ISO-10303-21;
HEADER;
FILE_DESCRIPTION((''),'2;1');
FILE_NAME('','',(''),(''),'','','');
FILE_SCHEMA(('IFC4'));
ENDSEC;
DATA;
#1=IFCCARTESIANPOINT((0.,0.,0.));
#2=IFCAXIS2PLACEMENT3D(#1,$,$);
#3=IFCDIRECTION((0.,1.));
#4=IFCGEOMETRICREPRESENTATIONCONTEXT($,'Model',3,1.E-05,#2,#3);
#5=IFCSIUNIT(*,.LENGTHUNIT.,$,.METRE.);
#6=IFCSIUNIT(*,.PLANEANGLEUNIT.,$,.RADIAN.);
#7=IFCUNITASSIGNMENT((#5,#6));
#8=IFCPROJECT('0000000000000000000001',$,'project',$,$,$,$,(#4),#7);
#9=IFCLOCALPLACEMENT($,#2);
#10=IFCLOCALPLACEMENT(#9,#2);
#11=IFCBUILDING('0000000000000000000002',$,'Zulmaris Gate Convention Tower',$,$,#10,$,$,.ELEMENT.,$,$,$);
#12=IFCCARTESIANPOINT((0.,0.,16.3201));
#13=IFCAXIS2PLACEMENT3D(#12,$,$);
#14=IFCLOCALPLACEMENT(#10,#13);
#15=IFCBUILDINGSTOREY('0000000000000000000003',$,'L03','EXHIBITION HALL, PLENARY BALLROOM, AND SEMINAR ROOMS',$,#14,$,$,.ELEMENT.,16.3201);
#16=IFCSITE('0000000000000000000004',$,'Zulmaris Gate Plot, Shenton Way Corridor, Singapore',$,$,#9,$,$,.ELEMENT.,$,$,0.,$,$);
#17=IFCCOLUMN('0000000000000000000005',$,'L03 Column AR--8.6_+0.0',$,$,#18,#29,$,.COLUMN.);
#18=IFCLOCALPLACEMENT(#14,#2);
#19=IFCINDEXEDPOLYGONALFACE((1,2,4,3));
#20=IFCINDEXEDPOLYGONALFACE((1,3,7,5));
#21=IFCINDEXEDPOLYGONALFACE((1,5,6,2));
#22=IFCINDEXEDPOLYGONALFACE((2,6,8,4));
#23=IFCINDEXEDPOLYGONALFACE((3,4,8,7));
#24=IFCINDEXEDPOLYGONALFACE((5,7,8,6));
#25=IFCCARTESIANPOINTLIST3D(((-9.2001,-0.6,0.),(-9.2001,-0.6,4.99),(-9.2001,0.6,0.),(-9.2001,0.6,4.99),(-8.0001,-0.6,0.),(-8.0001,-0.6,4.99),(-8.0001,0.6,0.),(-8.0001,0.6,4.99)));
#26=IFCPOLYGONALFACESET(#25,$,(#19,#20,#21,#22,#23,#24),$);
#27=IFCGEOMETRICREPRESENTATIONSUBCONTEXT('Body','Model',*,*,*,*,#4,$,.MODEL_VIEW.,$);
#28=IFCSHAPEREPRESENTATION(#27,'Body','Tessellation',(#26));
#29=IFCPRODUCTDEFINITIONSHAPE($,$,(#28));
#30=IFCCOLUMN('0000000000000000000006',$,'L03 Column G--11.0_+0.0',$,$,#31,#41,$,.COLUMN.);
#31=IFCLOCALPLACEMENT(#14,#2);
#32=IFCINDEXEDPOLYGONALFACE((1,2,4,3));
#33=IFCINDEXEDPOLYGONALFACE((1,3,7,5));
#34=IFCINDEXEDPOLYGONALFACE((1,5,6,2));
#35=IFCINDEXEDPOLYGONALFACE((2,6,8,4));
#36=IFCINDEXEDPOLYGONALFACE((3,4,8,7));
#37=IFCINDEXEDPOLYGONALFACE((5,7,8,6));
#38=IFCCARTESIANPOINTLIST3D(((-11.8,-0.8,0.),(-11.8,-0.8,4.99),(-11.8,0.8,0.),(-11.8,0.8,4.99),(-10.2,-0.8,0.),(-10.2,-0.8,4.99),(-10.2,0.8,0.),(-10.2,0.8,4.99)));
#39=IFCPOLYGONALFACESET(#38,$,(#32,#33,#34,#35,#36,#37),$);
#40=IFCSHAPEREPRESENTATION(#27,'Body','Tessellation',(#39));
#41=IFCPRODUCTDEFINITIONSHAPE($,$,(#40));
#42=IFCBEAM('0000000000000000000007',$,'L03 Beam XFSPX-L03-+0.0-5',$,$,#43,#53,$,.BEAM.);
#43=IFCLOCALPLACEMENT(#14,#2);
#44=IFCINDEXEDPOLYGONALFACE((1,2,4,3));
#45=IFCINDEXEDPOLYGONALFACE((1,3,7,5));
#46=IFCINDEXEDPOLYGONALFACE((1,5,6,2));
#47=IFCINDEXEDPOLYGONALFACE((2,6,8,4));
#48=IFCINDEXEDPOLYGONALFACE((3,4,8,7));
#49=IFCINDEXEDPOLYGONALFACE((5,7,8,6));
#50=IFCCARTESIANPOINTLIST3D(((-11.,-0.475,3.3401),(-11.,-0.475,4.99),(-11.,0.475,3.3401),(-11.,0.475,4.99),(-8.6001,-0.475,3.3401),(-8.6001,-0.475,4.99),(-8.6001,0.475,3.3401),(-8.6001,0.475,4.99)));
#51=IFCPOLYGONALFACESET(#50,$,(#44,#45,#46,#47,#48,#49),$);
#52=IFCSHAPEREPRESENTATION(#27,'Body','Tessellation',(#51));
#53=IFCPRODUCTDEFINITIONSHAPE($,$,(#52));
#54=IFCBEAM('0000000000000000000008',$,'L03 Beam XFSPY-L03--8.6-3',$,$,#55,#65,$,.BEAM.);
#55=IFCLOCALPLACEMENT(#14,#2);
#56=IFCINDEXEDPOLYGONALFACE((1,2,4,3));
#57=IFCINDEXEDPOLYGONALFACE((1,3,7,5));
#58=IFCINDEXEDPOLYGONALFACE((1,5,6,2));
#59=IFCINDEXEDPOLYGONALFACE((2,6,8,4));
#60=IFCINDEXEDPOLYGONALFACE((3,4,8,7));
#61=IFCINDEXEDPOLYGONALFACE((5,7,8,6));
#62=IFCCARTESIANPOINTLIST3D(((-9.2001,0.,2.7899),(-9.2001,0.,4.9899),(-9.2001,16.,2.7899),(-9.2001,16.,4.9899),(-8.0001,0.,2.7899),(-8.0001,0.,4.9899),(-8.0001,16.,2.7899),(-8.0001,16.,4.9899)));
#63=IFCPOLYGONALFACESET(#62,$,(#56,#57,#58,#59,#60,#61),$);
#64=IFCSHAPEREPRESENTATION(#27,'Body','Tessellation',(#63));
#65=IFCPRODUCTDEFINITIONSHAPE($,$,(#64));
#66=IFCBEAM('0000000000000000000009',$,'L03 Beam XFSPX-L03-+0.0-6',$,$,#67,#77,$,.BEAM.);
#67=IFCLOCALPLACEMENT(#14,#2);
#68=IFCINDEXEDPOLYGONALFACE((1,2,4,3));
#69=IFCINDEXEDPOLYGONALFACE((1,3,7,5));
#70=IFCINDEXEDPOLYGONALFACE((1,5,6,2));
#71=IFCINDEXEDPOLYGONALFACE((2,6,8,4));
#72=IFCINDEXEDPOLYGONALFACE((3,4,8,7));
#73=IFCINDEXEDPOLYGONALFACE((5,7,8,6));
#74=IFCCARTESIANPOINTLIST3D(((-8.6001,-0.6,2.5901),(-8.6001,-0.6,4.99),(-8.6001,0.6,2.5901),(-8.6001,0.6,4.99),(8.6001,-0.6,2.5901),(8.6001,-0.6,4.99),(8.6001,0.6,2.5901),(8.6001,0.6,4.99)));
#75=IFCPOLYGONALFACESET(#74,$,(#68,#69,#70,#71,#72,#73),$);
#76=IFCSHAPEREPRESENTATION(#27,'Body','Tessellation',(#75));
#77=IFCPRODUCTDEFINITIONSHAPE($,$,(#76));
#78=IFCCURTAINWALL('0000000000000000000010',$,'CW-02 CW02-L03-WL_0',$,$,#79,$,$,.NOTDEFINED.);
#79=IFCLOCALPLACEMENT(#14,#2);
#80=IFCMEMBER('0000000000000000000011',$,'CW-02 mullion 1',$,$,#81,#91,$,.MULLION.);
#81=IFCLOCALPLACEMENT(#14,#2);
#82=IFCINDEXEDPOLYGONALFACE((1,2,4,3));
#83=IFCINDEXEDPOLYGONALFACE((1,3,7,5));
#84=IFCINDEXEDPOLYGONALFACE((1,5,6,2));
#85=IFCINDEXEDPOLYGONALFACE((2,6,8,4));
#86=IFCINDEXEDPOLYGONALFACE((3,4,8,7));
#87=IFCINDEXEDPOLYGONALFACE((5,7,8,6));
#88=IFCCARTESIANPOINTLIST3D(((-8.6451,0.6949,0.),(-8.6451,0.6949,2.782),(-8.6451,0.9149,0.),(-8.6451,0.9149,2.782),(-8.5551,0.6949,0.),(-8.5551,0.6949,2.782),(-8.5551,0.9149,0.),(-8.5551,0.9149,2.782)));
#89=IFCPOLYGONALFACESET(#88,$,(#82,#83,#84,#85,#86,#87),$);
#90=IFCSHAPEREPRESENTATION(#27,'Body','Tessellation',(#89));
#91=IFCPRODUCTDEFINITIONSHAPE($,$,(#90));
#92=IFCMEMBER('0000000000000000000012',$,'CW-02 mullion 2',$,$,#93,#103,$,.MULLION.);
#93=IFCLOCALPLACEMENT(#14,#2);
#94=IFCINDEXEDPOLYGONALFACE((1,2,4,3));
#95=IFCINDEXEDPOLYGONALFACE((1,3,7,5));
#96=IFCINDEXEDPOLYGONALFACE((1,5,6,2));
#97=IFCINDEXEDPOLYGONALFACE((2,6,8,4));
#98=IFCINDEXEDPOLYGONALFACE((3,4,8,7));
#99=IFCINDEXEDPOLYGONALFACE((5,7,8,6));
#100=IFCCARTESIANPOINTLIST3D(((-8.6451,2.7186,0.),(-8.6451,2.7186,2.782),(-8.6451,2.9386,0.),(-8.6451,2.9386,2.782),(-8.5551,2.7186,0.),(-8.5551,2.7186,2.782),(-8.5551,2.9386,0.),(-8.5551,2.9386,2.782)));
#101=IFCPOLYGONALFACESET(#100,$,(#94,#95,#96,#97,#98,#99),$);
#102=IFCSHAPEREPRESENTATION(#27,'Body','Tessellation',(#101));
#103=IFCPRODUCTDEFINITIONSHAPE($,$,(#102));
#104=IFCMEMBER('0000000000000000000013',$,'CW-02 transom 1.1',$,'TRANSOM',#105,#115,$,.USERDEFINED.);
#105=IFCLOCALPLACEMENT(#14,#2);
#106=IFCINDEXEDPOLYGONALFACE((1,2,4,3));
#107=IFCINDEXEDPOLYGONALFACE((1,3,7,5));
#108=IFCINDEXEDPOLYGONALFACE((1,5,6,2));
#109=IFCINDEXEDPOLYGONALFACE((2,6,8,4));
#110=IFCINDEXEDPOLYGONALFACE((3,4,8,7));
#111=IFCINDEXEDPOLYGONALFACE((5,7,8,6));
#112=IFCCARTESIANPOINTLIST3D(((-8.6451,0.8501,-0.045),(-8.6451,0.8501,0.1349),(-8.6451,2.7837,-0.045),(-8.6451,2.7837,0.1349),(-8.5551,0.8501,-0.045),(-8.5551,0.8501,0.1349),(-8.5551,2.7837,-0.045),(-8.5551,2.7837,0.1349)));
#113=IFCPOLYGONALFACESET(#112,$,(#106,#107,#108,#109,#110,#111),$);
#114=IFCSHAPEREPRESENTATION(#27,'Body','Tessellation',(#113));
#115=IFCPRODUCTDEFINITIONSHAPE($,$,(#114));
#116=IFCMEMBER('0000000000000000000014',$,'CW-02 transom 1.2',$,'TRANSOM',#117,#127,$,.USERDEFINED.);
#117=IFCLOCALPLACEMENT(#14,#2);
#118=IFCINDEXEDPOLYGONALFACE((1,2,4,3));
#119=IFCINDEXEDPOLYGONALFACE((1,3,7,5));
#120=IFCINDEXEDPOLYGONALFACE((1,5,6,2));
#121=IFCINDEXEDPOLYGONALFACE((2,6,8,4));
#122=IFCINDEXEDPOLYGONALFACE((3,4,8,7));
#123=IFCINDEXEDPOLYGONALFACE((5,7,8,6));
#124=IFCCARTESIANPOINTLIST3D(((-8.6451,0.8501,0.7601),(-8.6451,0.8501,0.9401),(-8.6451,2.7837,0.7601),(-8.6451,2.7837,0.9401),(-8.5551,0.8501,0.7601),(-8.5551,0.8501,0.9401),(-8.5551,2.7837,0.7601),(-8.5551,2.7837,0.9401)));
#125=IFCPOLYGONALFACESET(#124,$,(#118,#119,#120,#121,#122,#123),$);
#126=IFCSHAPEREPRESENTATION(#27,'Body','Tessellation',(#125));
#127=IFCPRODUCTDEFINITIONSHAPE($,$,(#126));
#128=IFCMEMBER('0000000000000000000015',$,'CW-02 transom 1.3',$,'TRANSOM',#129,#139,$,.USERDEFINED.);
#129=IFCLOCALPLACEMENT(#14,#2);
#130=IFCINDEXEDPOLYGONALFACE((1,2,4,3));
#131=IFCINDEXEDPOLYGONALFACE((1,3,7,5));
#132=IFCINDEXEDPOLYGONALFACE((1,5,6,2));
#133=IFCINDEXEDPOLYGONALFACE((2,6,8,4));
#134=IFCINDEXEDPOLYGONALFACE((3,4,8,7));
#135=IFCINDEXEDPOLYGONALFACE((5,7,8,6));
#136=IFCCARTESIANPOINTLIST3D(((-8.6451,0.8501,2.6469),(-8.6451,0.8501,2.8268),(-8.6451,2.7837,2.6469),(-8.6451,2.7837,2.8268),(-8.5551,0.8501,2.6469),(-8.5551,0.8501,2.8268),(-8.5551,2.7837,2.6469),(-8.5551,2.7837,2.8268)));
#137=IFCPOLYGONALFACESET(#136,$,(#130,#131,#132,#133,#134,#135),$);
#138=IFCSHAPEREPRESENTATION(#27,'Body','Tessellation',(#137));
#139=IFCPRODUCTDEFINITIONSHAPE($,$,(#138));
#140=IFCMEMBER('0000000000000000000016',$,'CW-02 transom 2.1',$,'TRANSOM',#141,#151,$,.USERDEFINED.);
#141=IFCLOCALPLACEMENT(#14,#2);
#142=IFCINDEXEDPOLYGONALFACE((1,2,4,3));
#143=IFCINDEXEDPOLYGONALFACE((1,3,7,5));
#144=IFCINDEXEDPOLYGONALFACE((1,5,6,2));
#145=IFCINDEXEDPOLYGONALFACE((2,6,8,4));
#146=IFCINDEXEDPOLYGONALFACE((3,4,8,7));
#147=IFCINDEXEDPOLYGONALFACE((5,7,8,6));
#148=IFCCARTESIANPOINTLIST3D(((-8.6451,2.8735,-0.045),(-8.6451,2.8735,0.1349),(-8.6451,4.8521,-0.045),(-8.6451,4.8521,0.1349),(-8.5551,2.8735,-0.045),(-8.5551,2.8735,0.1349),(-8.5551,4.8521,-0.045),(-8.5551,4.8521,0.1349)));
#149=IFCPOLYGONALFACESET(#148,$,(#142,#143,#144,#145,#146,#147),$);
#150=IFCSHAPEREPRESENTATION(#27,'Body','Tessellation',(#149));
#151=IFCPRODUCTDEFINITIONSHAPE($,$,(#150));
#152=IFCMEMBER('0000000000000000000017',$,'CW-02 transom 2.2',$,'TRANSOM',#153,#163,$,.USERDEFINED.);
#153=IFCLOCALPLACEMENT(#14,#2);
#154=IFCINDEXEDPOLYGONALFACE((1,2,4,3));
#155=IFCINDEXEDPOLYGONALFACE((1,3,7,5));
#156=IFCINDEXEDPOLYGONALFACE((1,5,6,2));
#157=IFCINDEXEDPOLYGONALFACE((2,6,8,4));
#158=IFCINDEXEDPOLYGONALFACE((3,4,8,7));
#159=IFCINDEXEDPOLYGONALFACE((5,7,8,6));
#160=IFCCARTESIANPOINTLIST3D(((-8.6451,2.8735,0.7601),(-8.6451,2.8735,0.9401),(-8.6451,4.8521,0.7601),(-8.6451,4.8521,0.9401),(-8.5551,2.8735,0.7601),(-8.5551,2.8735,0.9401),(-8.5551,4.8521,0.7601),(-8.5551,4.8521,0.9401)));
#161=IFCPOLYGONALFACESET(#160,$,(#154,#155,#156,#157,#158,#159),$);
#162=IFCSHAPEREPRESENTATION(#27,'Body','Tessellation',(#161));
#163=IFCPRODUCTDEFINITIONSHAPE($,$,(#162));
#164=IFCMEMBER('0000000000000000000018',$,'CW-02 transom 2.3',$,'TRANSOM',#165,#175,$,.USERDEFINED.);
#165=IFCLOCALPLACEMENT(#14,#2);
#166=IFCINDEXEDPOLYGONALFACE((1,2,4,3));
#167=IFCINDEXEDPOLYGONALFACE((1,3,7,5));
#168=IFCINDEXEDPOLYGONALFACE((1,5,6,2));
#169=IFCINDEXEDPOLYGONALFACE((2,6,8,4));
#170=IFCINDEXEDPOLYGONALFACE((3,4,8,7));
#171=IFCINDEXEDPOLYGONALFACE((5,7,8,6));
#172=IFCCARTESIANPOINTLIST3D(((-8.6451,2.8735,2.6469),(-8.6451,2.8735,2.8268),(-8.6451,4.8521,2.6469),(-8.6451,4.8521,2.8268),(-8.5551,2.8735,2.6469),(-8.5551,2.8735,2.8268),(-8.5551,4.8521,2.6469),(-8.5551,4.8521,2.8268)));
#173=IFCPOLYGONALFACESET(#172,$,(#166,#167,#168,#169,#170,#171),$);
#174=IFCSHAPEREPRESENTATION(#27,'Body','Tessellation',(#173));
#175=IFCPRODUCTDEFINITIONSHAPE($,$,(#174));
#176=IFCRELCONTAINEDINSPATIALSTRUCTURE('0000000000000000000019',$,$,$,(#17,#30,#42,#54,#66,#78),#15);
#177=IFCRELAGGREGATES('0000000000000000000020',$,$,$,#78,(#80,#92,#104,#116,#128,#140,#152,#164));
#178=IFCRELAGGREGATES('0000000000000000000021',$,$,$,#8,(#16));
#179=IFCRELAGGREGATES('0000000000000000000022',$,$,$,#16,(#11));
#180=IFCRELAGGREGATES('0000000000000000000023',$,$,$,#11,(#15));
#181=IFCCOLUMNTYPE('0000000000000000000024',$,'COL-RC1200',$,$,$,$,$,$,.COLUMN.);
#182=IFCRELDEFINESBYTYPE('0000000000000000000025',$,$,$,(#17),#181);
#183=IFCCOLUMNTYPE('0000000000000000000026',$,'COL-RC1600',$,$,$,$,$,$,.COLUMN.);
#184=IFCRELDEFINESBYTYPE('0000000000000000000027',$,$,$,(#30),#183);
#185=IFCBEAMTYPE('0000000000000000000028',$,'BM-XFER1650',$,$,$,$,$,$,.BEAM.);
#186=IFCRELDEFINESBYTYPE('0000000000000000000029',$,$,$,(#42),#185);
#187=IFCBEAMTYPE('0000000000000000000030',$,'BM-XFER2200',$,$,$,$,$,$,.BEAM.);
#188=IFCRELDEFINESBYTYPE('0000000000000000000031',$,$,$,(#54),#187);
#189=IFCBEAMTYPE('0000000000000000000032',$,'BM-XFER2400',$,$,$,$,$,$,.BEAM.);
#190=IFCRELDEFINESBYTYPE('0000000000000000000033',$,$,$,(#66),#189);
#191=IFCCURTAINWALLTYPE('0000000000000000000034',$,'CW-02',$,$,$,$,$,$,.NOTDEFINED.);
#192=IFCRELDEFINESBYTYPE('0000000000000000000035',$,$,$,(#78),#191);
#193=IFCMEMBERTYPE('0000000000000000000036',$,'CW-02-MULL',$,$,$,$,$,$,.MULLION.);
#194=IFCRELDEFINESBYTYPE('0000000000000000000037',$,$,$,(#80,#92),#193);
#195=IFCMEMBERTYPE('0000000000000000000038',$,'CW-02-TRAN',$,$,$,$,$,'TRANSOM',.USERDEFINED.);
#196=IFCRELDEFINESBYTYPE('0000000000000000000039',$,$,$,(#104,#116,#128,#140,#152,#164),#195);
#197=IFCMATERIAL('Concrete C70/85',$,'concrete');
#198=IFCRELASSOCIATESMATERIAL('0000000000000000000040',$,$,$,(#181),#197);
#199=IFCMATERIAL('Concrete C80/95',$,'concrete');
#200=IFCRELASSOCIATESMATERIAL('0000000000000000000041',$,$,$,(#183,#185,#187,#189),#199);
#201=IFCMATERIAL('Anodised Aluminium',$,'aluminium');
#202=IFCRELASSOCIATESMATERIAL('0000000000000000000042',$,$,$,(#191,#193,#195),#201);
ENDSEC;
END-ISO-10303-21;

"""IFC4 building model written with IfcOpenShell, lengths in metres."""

from ifc_helpers import new_model, si_unit, direction, frame, origin, origin_2d, place, context, subcontext, project, spatial, rectangle, extrude, material, material_profile, profile_set, type_object, element, aggregate, save


model = new_model("IFC4")

# Units and contexts
model_context = context("Model", 3, precision=1e-05, world=origin(), true_north=direction((0.0, 1.0)))
body_context = subcontext(model_context, "Body", "Model", "MODEL_VIEW")
ifc_project = project(units=[si_unit("LENGTHUNIT", "METRE"), si_unit("PLANEANGLEUNIT", "RADIAN")], contexts=[model_context])

# Site, building, storey
site_placement = place(None, origin())
site = spatial("IfcSite", under=ifc_project, at=site_placement, Name="Zulmaris Gate Plot, Shenton Way Corridor, Singapore", CompositionType="ELEMENT", RefElevation=0.0)
building_placement = place(site_placement, origin())
building = spatial("IfcBuilding", under=site, at=building_placement, Name="Zulmaris Gate Convention Tower", CompositionType="ELEMENT")
storey_placement = place(building_placement, frame((0.0, 0.0, 16.3201)))
storey = spatial("IfcBuildingStorey", under=building, at=storey_placement, Name="L03", Description="EXHIBITION HALL, PLENARY BALLROOM, AND SEMINAR ROOMS", CompositionType="ELEMENT", Elevation=16.3201)

# Columns
ifc_material_1 = material(Name="Concrete C70/85", Category="concrete")
ifc_material_profile_1 = material_profile(ifc_material_1, rectangle(XDim=1.2, YDim=1.2, at=origin_2d()), Name="RC COL 1200x1200")
ifc_profile_set_1 = profile_set([ifc_material_profile_1], Name="Concrete C70/85")
column_type_1 = type_object("IfcColumnType", Name="COL-RC1200", PredefinedType="COLUMN", material=ifc_profile_set_1)
column_1_placement = place(storey_placement, frame((-8.6001, 0.0, 0.0), z_axis=(0.0, 0.0, 1.0), x_axis=(1.0, 0.0, 0.0)))
element("IfcColumn", 1, at=column_1_placement, inside=storey, type_object=column_type_1, Name="L03 Column AR--8.6_+0.0", PredefinedType="COLUMN", context=body_context, shape_type="SweptSolid", body=[
    extrude(rectangle(XDim=1.2, YDim=1.2, at=origin_2d()), origin(), (0.0, 0.0, 1.0), 4.99),
])
ifc_material_2 = material(Name="Concrete C80/95", Category="concrete")
ifc_material_profile_2 = material_profile(ifc_material_2, rectangle(XDim=1.6001, YDim=1.6001, at=origin_2d()), Name="RC COL 1600x1600")
ifc_profile_set_2 = profile_set([ifc_material_profile_2], Name="Concrete C80/95")
column_type_2 = type_object("IfcColumnType", Name="COL-RC1600", PredefinedType="COLUMN", material=ifc_profile_set_2)
column_2_placement = place(storey_placement, frame((-11.0, 0.0, 0.0), z_axis=(0.0, 0.0, 1.0), x_axis=(1.0, 0.0, 0.0)))
element("IfcColumn", 2, at=column_2_placement, inside=storey, type_object=column_type_2, Name="L03 Column G--11.0_+0.0", PredefinedType="COLUMN", context=body_context, shape_type="SweptSolid", body=[
    extrude(rectangle(XDim=1.6001, YDim=1.6001, at=origin_2d()), origin(), (0.0, 0.0, 1.0), 4.99),
])

# Beams
ifc_material_profile_3 = material_profile(ifc_material_2, rectangle(XDim=0.95, YDim=1.6499, at=origin_2d()), Name="RC TRANSFER 950x1650")
ifc_profile_set_3 = profile_set([ifc_material_profile_3], Name="Concrete C80/95")
beam_type_1 = type_object("IfcBeamType", Name="BM-XFER1650", PredefinedType="BEAM", material=ifc_profile_set_3)
beam_1_placement = place(storey_placement, frame((-11.0, 0.0, 4.165), z_axis=(1.0, 0.0, 0.0), x_axis=(0.0, 1.0, 0.0)))
element("IfcBeam", 3, at=beam_1_placement, inside=storey, type_object=beam_type_1, Name="L03 Beam XFSPX-L03-+0.0-5", PredefinedType="BEAM", context=body_context, shape_type="SweptSolid", body=[
    extrude(rectangle(XDim=0.95, YDim=1.6499, at=origin_2d()), origin(), (0.0, 0.0, 1.0), 2.3999),
])
ifc_material_profile_4 = material_profile(ifc_material_2, rectangle(XDim=1.2, YDim=2.2, at=origin_2d()), Name="RC TRANSFER 1200x2200")
ifc_profile_set_4 = profile_set([ifc_material_profile_4], Name="Concrete C80/95")
beam_type_2 = type_object("IfcBeamType", Name="BM-XFER2200", PredefinedType="BEAM", material=ifc_profile_set_4)
beam_2_placement = place(storey_placement, frame((-8.6001, 0.0, 3.8899), z_axis=(0.0, 1.0, 0.0), x_axis=(-1.0, 0.0, 0.0)))
element("IfcBeam", 4, at=beam_2_placement, inside=storey, type_object=beam_type_2, Name="L03 Beam XFSPY-L03--8.6-3", PredefinedType="BEAM", context=body_context, shape_type="SweptSolid", body=[
    extrude(rectangle(XDim=1.2, YDim=2.2, at=origin_2d()), origin(), (0.0, 0.0, 1.0), 16.0),
])
ifc_material_profile_5 = material_profile(ifc_material_2, rectangle(XDim=1.2, YDim=2.3999, at=origin_2d()), Name="RC TRANSFER 1200x2400")
ifc_profile_set_5 = profile_set([ifc_material_profile_5], Name="Concrete C80/95")
beam_type_3 = type_object("IfcBeamType", Name="BM-XFER2400", PredefinedType="BEAM", material=ifc_profile_set_5)
beam_3_placement = place(storey_placement, frame((-8.6001, 0.0, 3.79), z_axis=(1.0, 0.0, 0.0), x_axis=(0.0, 1.0, 0.0)))
element("IfcBeam", 5, at=beam_3_placement, inside=storey, type_object=beam_type_3, Name="L03 Beam XFSPX-L03-+0.0-6", PredefinedType="BEAM", context=body_context, shape_type="SweptSolid", body=[
    extrude(rectangle(XDim=1.2, YDim=2.3999, at=origin_2d()), origin(), (0.0, 0.0, 1.0), 17.2002),
])

# Curtain wall, members
ifc_material_3 = material(Name="Anodised Aluminium", Category="aluminium")
curtain_wall_type = type_object("IfcCurtainWallType", Name="CW-02", PredefinedType="NOTDEFINED", material=ifc_material_3)
curtain_wall_placement = place(storey_placement, origin())
curtain_wall = element("IfcCurtainWall", 6, at=curtain_wall_placement, inside=storey, type_object=curtain_wall_type, Name="CW-02 CW02-L03-WL_0", PredefinedType="NOTDEFINED")
ifc_material_profile_6 = material_profile(ifc_material_3, rectangle(XDim=0.0901, YDim=0.22, at=origin_2d()), Name="ALU MULLION 90x220")
ifc_profile_set_6 = profile_set([ifc_material_profile_6], Name="Anodised Aluminium")
member_type_1 = type_object("IfcMemberType", Name="CW-02-MULL", PredefinedType="MULLION", material=ifc_profile_set_6)
member_1_placement = place(storey_placement, frame((-8.6001, 0.8049, 0.0), z_axis=(0.0, 0.0, 1.0), x_axis=(-1.0, 0.0, 0.0)))
member_1 = element("IfcMember", 7, at=member_1_placement, type_object=member_type_1, Name="CW-02 mullion 1", PredefinedType="MULLION", context=body_context, shape_type="SweptSolid", body=[
    extrude(rectangle(XDim=0.0901, YDim=0.22, at=origin_2d()), origin(), (0.0, 0.0, 1.0), 2.782),
])
member_2_placement = place(storey_placement, frame((-8.6001, 2.8286, 0.0), z_axis=(0.0, 0.0, 1.0), x_axis=(-1.0, 0.0, 0.0)))
member_2 = element("IfcMember", 8, at=member_2_placement, type_object=member_type_1, Name="CW-02 mullion 2", PredefinedType="MULLION", context=body_context, shape_type="SweptSolid", body=[
    extrude(rectangle(XDim=0.0901, YDim=0.22, at=origin_2d()), origin(), (0.0, 0.0, 1.0), 2.782),
])
ifc_material_profile_7 = material_profile(ifc_material_3, rectangle(XDim=0.0901, YDim=0.1799, at=origin_2d()), Name="ALU TRANSOM 90x180")
ifc_profile_set_7 = profile_set([ifc_material_profile_7], Name="Anodised Aluminium")
member_type_2 = type_object("IfcMemberType", Name="CW-02-TRAN", ElementType="TRANSOM", PredefinedType="USERDEFINED", material=ifc_profile_set_7)
member_3_placement = place(storey_placement, frame((-8.6001, 0.8501, 0.0449), z_axis=(0.0, 1.0, 0.0), x_axis=(-1.0, 0.0, 0.0)))
member_3 = element("IfcMember", 9, at=member_3_placement, type_object=member_type_2, Name="CW-02 transom 1.1", ObjectType="TRANSOM", PredefinedType="USERDEFINED", context=body_context, shape_type="SweptSolid", body=[
    extrude(rectangle(XDim=0.0901, YDim=0.1799, at=origin_2d()), origin(), (0.0, 0.0, 1.0), 1.9336),
])
member_4_placement = place(storey_placement, frame((-8.6001, 0.8501, 0.8501), z_axis=(0.0, 1.0, 0.0), x_axis=(-1.0, 0.0, 0.0)))
member_4 = element("IfcMember", 10, at=member_4_placement, type_object=member_type_2, Name="CW-02 transom 1.2", ObjectType="TRANSOM", PredefinedType="USERDEFINED", context=body_context, shape_type="SweptSolid", body=[
    extrude(rectangle(XDim=0.0901, YDim=0.1799, at=origin_2d()), origin(), (0.0, 0.0, 1.0), 1.9336),
])
member_5_placement = place(storey_placement, frame((-8.6001, 0.8501, 2.7368), z_axis=(0.0, 1.0, 0.0), x_axis=(-1.0, 0.0, 0.0)))
member_5 = element("IfcMember", 11, at=member_5_placement, type_object=member_type_2, Name="CW-02 transom 1.3", ObjectType="TRANSOM", PredefinedType="USERDEFINED", context=body_context, shape_type="SweptSolid", body=[
    extrude(rectangle(XDim=0.0901, YDim=0.1799, at=origin_2d()), origin(), (0.0, 0.0, 1.0), 1.9336),
])
member_6_placement = place(storey_placement, frame((-8.6001, 2.8735, 0.0449), z_axis=(0.0, 1.0, 0.0), x_axis=(-1.0, 0.0, 0.0)))
member_6 = element("IfcMember", 12, at=member_6_placement, type_object=member_type_2, Name="CW-02 transom 2.1", ObjectType="TRANSOM", PredefinedType="USERDEFINED", context=body_context, shape_type="SweptSolid", body=[
    extrude(rectangle(XDim=0.0901, YDim=0.1799, at=origin_2d()), origin(), (0.0, 0.0, 1.0), 1.9785),
])
member_7_placement = place(storey_placement, frame((-8.6001, 2.8735, 0.8501), z_axis=(0.0, 1.0, 0.0), x_axis=(-1.0, 0.0, 0.0)))
member_7 = element("IfcMember", 13, at=member_7_placement, type_object=member_type_2, Name="CW-02 transom 2.2", ObjectType="TRANSOM", PredefinedType="USERDEFINED", context=body_context, shape_type="SweptSolid", body=[
    extrude(rectangle(XDim=0.0901, YDim=0.1799, at=origin_2d()), origin(), (0.0, 0.0, 1.0), 1.9785),
])
member_8_placement = place(storey_placement, frame((-8.6001, 2.8735, 2.7368), z_axis=(0.0, 1.0, 0.0), x_axis=(-1.0, 0.0, 0.0)))
member_8 = element("IfcMember", 14, at=member_8_placement, type_object=member_type_2, Name="CW-02 transom 2.3", ObjectType="TRANSOM", PredefinedType="USERDEFINED", context=body_context, shape_type="SweptSolid", body=[
    extrude(rectangle(XDim=0.0901, YDim=0.1799, at=origin_2d()), origin(), (0.0, 0.0, 1.0), 1.9785),
])
aggregate(curtain_wall, [member_1, member_2, member_3, member_4, member_5, member_6, member_7, member_8])

save(model, "model.ifc")
